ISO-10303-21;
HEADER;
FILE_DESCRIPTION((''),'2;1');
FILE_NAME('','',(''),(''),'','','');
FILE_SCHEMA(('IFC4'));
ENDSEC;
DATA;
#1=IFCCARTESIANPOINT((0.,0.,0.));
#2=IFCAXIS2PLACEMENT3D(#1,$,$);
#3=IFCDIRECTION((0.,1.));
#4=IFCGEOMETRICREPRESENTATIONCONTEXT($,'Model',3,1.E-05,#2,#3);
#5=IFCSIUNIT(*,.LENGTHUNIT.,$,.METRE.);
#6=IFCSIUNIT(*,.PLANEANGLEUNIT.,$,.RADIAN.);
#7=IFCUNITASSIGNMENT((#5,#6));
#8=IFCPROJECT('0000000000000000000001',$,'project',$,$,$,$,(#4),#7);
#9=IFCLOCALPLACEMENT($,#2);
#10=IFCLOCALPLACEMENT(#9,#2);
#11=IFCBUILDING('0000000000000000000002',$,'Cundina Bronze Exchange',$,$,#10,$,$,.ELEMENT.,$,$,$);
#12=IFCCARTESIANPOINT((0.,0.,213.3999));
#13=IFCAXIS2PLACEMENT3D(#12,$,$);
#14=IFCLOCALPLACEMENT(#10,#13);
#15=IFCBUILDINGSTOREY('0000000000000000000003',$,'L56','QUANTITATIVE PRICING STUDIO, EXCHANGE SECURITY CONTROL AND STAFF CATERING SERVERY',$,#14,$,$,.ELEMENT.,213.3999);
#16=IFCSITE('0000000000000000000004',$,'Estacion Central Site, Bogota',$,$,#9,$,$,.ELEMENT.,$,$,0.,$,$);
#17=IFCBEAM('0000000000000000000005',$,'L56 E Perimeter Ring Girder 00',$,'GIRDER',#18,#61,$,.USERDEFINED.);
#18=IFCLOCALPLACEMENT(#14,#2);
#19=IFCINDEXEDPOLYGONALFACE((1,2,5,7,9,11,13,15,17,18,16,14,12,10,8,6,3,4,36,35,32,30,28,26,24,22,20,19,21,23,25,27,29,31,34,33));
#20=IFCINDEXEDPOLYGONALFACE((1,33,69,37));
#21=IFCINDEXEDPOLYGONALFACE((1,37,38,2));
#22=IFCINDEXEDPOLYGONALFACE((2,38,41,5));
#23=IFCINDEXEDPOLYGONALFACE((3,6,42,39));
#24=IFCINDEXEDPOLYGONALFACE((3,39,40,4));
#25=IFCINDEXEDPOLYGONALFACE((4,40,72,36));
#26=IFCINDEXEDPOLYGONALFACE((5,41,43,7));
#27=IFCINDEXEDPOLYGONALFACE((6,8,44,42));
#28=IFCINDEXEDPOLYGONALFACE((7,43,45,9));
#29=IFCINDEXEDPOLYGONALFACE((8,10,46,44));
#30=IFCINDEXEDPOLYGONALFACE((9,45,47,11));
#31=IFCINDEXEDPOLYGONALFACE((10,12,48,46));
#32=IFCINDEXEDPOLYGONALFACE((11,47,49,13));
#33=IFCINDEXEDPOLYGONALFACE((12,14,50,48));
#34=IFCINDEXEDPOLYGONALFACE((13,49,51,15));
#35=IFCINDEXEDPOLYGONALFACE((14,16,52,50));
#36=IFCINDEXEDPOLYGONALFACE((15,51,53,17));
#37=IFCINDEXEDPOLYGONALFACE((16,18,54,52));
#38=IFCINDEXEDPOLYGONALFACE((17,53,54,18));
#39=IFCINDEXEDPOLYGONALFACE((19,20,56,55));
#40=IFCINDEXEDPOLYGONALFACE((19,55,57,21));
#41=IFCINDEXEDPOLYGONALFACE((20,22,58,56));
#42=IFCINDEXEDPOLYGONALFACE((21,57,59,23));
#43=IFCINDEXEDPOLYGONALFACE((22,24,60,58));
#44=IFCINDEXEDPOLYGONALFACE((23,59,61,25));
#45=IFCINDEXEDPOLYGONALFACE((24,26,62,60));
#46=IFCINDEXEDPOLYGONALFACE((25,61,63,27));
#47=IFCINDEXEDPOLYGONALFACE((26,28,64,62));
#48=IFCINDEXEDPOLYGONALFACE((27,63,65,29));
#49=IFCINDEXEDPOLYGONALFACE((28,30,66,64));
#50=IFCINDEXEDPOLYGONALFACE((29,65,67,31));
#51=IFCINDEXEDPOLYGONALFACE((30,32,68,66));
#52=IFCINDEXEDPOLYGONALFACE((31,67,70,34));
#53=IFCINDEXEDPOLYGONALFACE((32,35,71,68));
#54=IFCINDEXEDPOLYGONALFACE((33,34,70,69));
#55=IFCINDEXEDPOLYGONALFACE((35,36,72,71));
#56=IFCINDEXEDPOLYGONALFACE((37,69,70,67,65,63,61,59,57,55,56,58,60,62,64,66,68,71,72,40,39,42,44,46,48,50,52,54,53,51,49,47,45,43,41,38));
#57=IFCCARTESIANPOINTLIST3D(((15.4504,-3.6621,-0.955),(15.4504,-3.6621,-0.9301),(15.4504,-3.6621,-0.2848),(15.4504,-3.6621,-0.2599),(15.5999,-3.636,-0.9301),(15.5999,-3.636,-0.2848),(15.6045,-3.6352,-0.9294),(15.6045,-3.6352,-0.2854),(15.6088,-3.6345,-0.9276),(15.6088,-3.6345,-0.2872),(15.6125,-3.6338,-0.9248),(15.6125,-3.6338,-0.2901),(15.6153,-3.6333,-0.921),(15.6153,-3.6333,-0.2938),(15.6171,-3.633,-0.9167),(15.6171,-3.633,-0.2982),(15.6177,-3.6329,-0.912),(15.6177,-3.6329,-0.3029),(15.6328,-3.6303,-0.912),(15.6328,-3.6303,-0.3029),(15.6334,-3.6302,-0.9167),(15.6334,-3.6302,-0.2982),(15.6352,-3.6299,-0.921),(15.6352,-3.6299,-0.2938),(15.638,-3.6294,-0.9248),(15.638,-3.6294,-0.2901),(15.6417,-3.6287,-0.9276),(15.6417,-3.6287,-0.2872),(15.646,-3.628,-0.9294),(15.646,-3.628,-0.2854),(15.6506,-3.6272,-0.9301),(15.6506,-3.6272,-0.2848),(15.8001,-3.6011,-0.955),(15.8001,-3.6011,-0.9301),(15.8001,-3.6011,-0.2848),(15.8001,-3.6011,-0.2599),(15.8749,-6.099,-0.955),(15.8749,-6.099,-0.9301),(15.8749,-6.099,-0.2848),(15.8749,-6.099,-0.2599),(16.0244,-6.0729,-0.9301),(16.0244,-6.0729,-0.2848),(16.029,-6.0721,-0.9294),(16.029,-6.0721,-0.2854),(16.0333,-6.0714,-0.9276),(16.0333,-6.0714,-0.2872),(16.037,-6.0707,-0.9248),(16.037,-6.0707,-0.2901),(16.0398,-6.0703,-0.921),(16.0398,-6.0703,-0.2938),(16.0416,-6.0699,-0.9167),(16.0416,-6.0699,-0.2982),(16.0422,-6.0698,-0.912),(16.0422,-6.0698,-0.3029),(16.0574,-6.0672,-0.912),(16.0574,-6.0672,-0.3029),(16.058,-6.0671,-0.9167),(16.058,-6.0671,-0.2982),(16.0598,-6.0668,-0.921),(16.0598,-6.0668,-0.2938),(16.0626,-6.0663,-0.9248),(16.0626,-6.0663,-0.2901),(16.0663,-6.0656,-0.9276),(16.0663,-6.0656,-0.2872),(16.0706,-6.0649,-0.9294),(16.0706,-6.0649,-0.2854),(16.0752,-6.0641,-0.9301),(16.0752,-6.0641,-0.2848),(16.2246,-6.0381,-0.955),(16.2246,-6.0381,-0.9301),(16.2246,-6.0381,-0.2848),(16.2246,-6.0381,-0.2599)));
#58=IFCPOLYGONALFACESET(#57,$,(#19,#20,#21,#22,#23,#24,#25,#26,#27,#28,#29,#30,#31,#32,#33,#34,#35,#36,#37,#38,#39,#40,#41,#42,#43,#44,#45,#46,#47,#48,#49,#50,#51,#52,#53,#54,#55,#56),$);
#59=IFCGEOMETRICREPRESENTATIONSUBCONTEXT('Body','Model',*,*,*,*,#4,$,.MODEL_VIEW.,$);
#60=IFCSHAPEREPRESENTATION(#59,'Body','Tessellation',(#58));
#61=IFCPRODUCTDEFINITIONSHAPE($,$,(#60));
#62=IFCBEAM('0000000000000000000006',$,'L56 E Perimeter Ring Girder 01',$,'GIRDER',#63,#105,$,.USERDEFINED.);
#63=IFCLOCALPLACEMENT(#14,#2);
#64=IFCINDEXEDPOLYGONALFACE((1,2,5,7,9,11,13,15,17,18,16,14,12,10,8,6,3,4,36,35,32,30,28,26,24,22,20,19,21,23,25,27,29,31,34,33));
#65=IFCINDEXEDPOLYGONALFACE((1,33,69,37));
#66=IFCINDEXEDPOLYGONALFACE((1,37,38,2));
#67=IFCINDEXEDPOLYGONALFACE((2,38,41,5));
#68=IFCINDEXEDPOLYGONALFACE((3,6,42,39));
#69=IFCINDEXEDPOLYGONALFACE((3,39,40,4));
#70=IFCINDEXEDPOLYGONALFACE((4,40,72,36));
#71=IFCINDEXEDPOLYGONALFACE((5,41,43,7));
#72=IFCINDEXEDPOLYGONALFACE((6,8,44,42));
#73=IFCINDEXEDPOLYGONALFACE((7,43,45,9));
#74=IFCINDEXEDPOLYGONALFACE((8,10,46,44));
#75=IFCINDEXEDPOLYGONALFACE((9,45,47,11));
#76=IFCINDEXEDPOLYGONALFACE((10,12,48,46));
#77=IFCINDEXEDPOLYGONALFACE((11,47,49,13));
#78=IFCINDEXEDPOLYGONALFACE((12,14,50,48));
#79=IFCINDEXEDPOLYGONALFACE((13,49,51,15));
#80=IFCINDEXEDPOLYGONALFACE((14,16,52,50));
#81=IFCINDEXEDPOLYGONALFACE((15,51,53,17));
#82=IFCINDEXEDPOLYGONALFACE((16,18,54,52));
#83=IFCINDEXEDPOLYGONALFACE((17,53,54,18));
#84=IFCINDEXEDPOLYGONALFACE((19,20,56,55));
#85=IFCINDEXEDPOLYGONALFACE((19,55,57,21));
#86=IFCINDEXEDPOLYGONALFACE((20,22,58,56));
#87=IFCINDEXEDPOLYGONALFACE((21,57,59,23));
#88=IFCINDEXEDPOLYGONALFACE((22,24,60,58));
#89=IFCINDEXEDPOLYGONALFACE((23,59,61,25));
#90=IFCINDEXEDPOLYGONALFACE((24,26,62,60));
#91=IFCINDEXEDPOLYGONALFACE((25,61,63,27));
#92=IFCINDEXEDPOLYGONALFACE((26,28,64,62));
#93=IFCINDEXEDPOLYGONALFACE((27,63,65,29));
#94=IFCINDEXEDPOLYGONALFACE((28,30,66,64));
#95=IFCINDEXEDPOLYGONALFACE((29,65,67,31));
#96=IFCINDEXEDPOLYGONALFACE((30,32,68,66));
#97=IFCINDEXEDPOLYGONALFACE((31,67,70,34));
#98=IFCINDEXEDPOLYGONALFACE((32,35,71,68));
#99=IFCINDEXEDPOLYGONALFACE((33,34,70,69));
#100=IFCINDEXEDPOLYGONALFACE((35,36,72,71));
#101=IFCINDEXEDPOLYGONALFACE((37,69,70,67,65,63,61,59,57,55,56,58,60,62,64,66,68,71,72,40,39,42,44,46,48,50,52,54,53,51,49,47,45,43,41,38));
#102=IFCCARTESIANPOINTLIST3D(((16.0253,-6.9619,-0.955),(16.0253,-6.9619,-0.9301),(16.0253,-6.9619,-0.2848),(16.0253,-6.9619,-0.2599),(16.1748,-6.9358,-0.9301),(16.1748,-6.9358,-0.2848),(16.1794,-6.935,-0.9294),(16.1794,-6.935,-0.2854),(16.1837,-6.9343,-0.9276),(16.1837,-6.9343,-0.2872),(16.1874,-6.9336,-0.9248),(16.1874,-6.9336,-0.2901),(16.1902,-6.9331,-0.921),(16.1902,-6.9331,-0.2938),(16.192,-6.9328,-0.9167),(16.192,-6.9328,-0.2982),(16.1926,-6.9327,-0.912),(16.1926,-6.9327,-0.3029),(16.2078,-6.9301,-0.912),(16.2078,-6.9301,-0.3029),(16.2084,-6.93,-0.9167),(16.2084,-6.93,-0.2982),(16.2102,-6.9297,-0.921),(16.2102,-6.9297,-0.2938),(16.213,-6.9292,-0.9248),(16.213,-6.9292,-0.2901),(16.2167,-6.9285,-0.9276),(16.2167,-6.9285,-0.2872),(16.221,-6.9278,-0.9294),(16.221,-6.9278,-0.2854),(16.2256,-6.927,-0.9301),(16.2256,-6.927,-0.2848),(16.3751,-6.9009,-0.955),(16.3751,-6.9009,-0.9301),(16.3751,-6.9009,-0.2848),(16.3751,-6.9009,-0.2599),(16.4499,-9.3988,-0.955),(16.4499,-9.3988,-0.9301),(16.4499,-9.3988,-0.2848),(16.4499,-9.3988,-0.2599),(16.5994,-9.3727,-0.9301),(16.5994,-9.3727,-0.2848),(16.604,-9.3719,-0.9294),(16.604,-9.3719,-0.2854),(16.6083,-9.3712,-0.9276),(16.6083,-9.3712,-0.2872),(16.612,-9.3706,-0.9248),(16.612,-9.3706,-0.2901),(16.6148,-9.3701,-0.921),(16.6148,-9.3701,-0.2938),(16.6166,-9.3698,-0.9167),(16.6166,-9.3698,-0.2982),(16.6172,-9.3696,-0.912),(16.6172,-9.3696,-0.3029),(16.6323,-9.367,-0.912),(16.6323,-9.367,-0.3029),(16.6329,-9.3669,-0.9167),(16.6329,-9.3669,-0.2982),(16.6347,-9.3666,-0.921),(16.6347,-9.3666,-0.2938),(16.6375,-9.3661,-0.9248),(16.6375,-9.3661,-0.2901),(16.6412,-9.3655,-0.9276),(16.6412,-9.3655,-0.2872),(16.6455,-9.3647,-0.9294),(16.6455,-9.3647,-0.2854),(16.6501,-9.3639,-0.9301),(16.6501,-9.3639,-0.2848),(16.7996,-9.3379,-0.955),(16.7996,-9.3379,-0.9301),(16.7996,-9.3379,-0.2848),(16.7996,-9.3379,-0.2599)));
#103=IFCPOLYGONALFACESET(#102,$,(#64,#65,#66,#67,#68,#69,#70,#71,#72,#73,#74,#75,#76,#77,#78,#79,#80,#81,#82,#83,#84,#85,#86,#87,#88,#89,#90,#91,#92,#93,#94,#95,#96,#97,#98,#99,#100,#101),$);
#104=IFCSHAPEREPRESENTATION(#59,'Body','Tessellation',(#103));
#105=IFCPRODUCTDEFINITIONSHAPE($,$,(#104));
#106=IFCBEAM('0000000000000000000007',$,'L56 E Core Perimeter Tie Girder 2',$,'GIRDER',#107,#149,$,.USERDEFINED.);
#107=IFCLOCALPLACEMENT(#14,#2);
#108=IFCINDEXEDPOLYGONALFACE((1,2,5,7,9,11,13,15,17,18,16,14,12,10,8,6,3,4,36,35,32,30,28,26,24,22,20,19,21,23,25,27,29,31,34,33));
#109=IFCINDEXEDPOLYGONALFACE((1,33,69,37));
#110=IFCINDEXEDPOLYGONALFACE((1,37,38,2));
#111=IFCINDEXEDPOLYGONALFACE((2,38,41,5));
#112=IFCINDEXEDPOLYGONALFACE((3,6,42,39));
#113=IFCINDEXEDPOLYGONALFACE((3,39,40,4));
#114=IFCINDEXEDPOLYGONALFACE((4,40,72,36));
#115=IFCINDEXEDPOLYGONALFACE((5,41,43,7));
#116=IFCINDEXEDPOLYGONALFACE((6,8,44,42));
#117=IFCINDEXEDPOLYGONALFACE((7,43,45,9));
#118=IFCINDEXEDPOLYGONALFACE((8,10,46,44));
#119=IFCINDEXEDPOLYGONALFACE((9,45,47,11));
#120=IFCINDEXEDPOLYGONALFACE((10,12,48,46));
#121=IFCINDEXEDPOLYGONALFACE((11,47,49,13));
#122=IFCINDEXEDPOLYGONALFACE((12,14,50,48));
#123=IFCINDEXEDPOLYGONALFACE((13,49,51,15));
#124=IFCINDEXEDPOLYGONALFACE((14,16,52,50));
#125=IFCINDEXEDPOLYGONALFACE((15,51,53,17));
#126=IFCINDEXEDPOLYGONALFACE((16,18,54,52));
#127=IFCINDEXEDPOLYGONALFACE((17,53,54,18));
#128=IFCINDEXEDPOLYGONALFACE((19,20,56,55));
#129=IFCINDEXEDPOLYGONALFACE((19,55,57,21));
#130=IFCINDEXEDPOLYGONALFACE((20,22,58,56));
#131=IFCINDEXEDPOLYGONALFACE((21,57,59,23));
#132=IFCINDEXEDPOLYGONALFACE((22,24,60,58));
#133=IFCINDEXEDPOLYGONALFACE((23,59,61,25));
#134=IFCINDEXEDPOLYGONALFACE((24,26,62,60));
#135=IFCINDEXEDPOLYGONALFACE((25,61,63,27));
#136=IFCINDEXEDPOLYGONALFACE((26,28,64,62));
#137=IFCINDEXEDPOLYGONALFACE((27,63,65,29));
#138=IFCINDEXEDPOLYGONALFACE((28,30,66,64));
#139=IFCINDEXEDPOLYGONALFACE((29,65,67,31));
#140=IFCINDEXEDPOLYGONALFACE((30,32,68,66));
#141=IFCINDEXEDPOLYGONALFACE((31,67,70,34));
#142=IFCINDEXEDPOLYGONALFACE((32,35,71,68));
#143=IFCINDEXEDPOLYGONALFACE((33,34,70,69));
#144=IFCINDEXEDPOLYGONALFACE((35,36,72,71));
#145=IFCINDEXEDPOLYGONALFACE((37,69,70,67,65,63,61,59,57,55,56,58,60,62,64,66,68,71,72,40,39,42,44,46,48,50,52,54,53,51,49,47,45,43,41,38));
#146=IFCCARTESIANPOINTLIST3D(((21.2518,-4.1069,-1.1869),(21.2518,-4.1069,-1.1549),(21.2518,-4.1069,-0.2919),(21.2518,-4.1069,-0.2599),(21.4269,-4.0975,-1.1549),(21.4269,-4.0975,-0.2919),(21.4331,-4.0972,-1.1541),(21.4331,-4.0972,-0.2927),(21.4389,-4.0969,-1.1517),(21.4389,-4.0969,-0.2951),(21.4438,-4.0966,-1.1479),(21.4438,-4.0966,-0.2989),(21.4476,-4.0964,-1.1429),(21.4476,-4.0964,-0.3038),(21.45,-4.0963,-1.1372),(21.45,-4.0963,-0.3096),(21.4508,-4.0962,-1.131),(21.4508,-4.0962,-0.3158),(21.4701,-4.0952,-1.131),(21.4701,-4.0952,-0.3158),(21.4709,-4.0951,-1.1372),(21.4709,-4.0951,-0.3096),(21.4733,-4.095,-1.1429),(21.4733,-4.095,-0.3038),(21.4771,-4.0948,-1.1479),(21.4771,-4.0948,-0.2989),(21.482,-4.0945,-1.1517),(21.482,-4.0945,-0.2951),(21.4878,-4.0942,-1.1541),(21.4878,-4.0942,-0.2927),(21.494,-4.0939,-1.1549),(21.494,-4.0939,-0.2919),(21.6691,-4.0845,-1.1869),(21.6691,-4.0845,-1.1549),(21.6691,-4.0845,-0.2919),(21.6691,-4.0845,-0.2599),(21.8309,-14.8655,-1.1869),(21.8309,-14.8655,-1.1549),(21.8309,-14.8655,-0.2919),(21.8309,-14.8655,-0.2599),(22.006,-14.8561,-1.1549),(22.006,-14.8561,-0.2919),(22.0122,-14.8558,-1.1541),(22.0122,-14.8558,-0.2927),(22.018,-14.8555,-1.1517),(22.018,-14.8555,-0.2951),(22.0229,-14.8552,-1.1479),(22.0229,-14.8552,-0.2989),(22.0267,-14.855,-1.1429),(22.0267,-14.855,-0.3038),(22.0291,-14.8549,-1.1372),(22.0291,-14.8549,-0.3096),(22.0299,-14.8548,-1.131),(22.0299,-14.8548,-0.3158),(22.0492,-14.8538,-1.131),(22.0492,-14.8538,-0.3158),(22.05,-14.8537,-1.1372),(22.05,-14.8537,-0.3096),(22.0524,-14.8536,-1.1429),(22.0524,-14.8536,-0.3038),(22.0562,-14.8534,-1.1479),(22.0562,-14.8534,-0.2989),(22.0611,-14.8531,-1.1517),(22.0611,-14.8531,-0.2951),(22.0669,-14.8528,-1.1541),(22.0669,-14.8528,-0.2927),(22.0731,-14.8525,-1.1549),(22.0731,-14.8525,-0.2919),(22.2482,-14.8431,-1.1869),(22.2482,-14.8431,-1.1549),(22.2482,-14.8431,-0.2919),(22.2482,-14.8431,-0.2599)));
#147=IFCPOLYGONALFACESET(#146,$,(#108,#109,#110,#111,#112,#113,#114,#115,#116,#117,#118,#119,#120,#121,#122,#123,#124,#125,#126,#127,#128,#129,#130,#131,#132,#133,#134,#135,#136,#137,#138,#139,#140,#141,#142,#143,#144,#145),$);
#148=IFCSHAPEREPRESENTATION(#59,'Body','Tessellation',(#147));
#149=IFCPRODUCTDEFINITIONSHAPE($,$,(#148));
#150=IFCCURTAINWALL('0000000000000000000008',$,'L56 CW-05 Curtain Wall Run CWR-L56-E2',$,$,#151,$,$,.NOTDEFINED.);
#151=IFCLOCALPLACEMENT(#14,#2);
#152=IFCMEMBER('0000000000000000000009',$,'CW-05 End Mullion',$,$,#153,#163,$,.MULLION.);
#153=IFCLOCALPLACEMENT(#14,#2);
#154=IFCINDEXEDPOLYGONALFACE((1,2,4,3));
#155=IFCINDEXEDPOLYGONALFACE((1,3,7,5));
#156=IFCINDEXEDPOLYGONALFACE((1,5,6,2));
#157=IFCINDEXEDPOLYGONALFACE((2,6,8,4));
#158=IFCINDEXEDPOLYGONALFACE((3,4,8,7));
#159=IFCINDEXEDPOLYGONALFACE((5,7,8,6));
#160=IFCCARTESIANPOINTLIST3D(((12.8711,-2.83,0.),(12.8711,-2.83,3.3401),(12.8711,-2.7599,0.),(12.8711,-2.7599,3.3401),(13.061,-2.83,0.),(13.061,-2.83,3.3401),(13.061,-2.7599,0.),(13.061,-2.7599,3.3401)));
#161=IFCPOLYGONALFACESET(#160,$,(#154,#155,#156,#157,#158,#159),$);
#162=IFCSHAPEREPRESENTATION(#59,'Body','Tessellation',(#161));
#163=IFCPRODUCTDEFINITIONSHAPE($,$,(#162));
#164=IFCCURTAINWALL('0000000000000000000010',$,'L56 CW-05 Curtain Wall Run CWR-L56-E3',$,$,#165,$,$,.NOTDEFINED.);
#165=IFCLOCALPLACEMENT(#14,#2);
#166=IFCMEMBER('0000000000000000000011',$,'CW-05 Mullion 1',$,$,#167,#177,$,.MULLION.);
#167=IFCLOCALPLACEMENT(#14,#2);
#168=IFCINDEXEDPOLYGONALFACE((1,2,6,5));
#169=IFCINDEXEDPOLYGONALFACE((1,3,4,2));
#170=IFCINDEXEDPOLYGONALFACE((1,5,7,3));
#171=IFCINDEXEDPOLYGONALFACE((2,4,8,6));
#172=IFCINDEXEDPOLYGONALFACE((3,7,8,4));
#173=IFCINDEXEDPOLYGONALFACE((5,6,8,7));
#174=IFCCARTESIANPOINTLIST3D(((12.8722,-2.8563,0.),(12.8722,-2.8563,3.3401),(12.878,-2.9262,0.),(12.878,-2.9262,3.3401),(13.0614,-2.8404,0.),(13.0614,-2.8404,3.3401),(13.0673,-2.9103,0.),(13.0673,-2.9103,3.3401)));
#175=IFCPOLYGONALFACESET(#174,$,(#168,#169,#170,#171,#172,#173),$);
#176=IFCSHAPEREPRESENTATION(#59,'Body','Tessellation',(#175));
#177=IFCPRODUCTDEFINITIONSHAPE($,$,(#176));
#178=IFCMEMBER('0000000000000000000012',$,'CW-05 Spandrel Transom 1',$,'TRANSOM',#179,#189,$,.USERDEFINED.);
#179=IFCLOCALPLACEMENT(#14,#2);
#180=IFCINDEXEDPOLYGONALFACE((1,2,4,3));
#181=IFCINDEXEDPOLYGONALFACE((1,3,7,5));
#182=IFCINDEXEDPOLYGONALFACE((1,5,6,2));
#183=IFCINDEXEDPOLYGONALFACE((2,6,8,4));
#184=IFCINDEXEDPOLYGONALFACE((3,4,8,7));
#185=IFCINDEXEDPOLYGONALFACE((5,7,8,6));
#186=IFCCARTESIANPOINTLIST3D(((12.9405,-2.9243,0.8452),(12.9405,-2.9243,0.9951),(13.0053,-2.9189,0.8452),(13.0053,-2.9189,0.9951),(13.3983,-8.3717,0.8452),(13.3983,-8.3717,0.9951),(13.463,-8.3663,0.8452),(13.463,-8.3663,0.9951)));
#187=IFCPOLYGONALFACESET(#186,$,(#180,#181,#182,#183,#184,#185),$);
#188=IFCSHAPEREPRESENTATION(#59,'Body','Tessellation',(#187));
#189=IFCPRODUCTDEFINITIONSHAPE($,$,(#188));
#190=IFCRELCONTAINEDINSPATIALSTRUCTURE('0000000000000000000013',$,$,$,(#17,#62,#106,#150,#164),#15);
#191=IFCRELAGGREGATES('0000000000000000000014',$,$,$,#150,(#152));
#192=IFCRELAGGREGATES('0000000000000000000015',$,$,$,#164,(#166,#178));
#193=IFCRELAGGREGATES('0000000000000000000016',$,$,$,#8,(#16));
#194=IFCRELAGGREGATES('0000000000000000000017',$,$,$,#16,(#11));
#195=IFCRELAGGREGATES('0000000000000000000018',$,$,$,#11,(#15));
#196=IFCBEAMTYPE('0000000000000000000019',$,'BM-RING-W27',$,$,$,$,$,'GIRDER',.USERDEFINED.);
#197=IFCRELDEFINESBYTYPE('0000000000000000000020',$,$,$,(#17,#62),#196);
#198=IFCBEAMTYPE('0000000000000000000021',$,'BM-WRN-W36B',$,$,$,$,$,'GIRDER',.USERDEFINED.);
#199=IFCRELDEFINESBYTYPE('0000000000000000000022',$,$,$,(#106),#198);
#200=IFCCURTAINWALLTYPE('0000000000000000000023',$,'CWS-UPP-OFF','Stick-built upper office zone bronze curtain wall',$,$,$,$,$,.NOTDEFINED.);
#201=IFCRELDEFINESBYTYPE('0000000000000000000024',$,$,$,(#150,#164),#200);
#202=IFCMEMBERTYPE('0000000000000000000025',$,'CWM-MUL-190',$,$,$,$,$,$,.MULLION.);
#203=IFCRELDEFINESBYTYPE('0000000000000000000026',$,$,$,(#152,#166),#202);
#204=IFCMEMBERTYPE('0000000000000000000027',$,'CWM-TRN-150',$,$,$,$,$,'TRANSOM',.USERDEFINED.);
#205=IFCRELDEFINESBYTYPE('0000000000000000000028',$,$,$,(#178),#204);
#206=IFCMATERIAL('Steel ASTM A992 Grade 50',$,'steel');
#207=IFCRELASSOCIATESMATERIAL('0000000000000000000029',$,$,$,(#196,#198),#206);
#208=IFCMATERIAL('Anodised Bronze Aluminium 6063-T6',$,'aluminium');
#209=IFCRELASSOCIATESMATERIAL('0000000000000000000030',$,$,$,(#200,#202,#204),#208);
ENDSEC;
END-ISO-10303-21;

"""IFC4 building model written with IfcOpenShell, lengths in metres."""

from ifc_helpers import new_model, si_unit, direction, frame, origin, origin_2d, place, context, subcontext, project, spatial, rectangle, i_section, extrude, material, material_profile, profile_set, type_object, element, aggregate, save


model = new_model("IFC4")

# Units and contexts
model_context = context("Model", 3, precision=1e-05, world=origin(), true_north=direction((0.0, 1.0)))
body_context = subcontext(model_context, "Body", "Model", "MODEL_VIEW")
ifc_project = project(units=[si_unit("LENGTHUNIT", "METRE"), si_unit("PLANEANGLEUNIT", "RADIAN")], contexts=[model_context])

# Site, building, storey
site_placement = place(None, origin())
site = spatial("IfcSite", under=ifc_project, at=site_placement, Name="Estacion Central Site, Bogota", CompositionType="ELEMENT", RefElevation=0.0)
building_placement = place(site_placement, origin())
building = spatial("IfcBuilding", under=site, at=building_placement, Name="Cundina Bronze Exchange", CompositionType="ELEMENT")
storey_placement = place(building_placement, frame((0.0, 0.0, 213.3999)))
storey = spatial("IfcBuildingStorey", under=building, at=storey_placement, Name="L56", Description="QUANTITATIVE PRICING STUDIO, EXCHANGE SECURITY CONTROL AND STAFF CATERING SERVERY", CompositionType="ELEMENT", Elevation=213.3999)

# Shared definitions
ifc_material_1 = material(Name="Steel ASTM A992 Grade 50", Category="steel")

# Beams
ifc_material_profile_1 = material_profile(ifc_material_1, i_section(OverallWidth=0.355, OverallDepth=0.6951, WebThickness=0.0154, FlangeThickness=0.0249, FilletRadius=0.0181, at=origin_2d()), Name="W27X146", Category="steel")
ifc_profile_set_1 = profile_set([ifc_material_profile_1], Name="Steel ASTM A992 Grade 50")
beam_type_1 = type_object("IfcBeamType", Name="BM-RING-W27", ElementType="GIRDER", PredefinedType="USERDEFINED", material=ifc_profile_set_1)
for number, where, z_axis, x_axis, name in (
    (1, (15.6252, -3.6316, -0.6074), (0.171629, -0.985162, 0.0), (0.985162, 0.171629, 0.0), "L56 E Perimeter Ring Girder 00"),
    (2, (16.2002, -6.9314, -0.6074), (0.171629, -0.985162, 0.0), (0.985162, 0.171629, 0.0), "L56 E Perimeter Ring Girder 01"),
):
    element("IfcBeam", number, at=place(storey_placement, frame(where, z_axis=z_axis, x_axis=x_axis)), inside=storey, type_object=beam_type_1, Name=name, ObjectType="GIRDER", PredefinedType="USERDEFINED", context=body_context, shape_type="SweptSolid", body=[
        extrude(i_section(OverallWidth=0.355, OverallDepth=0.6951, WebThickness=0.0154, FlangeThickness=0.0249, FilletRadius=0.0181, at=origin_2d()), origin(), (0.0, 0.0, 1.0), 2.4736),
    ])
ifc_material_profile_2 = material_profile(ifc_material_1, i_section(OverallWidth=0.418, OverallDepth=0.927, WebThickness=0.0193, FlangeThickness=0.032, FilletRadius=0.0239, at=origin_2d()), Name="W36X231", Category="steel")
ifc_profile_set_2 = profile_set([ifc_material_profile_2], Name="Steel ASTM A992 Grade 50")
beam_type_2 = type_object("IfcBeamType", Name="BM-WRN-W36B", ElementType="GIRDER", PredefinedType="USERDEFINED", material=ifc_profile_set_2)
beam_1_placement = place(storey_placement, frame((21.4604, -4.0957, -0.7234), z_axis=(0.053749, -0.998554, 0.0), x_axis=(0.998554, 0.053749, 0.0)))
element("IfcBeam", 3, at=beam_1_placement, inside=storey, type_object=beam_type_2, Name="L56 E Core Perimeter Tie Girder 2", ObjectType="GIRDER", PredefinedType="USERDEFINED", context=body_context, shape_type="SweptSolid", body=[
    extrude(i_section(OverallWidth=0.418, OverallDepth=0.927, WebThickness=0.0193, FlangeThickness=0.032, FilletRadius=0.0239, at=origin_2d()), origin(), (0.0, 0.0, 1.0), 10.7742),
])

# Curtain wall, member
ifc_material_2 = material(Name="Anodised Bronze Aluminium 6063-T6", Category="aluminium")
curtain_wall_type = type_object("IfcCurtainWallType", Name="CWS-UPP-OFF", Description="Stick-built upper office zone bronze curtain wall", PredefinedType="NOTDEFINED", material=ifc_material_2)
curtain_wall_1_placement = place(storey_placement, origin())
curtain_wall_1 = element("IfcCurtainWall", 4, at=curtain_wall_1_placement, inside=storey, type_object=curtain_wall_type, Name="L56 CW-05 Curtain Wall Run CWR-L56-E2", PredefinedType="NOTDEFINED")
ifc_material_profile_3 = material_profile(ifc_material_2, rectangle(XDim=0.0701, YDim=0.1899, at=origin_2d()), Name="AL70X190", Category="aluminium")
ifc_profile_set_3 = profile_set([ifc_material_profile_3], Name="Anodised Bronze Aluminium 6063-T6")
member_type_1 = type_object("IfcMemberType", Name="CWM-MUL-190", PredefinedType="MULLION", material=ifc_profile_set_3)
member_1_placement = place(storey_placement, frame((12.9661, -2.7949, 0.0), z_axis=(0.0, 0.0, 1.0), x_axis=(0.0, -1.0, 0.0)))
member_1 = element("IfcMember", 5, at=member_1_placement, type_object=member_type_1, Name="CW-05 End Mullion", PredefinedType="MULLION", context=body_context, shape_type="SweptSolid", body=[
    extrude(rectangle(XDim=0.0701, YDim=0.1899, at=origin_2d()), origin(), (0.0, 0.0, 1.0), 3.3401),
])
aggregate(curtain_wall_1, [member_1])

# Curtain wall, members
curtain_wall_2_placement = place(storey_placement, origin())
curtain_wall_2 = element("IfcCurtainWall", 6, at=curtain_wall_2_placement, inside=storey, type_object=curtain_wall_type, Name="L56 CW-05 Curtain Wall Run CWR-L56-E3", PredefinedType="NOTDEFINED")
member_2_placement = place(storey_placement, frame((12.9697, -2.8833, 0.0), z_axis=(0.0, 0.0, 1.0), x_axis=(0.083678, -0.996493, 0.0)))
member_2 = element("IfcMember", 7, at=member_2_placement, type_object=member_type_1, Name="CW-05 Mullion 1", PredefinedType="MULLION", context=body_context, shape_type="SweptSolid", body=[
    extrude(rectangle(XDim=0.0701, YDim=0.1899, at=origin_2d()), origin(), (0.0, 0.0, 1.0), 3.3401),
])
ifc_material_profile_4 = material_profile(ifc_material_2, rectangle(XDim=0.0649, YDim=0.1499, at=origin_2d()), Name="AL65X150", Category="aluminium")
ifc_profile_set_4 = profile_set([ifc_material_profile_4], Name="Anodised Bronze Aluminium 6063-T6")
member_type_2 = type_object("IfcMemberType", Name="CWM-TRN-150", ElementType="TRANSOM", PredefinedType="USERDEFINED", material=ifc_profile_set_4)
member_3_placement = place(storey_placement, frame((12.9729, -2.9216, 0.9202), z_axis=(0.08374, -0.996488, 0.0), x_axis=(0.996488, 0.08374, 0.0)))
member_3 = element("IfcMember", 8, at=member_3_placement, type_object=member_type_2, Name="CW-05 Spandrel Transom 1", ObjectType="TRANSOM", PredefinedType="USERDEFINED", context=body_context, shape_type="SweptSolid", body=[
    extrude(rectangle(XDim=0.0649, YDim=0.1499, at=origin_2d()), origin(), (0.0, 0.0, 1.0), 5.4666),
])
aggregate(curtain_wall_2, [member_2, member_3])

save(model, "model.ifc")
